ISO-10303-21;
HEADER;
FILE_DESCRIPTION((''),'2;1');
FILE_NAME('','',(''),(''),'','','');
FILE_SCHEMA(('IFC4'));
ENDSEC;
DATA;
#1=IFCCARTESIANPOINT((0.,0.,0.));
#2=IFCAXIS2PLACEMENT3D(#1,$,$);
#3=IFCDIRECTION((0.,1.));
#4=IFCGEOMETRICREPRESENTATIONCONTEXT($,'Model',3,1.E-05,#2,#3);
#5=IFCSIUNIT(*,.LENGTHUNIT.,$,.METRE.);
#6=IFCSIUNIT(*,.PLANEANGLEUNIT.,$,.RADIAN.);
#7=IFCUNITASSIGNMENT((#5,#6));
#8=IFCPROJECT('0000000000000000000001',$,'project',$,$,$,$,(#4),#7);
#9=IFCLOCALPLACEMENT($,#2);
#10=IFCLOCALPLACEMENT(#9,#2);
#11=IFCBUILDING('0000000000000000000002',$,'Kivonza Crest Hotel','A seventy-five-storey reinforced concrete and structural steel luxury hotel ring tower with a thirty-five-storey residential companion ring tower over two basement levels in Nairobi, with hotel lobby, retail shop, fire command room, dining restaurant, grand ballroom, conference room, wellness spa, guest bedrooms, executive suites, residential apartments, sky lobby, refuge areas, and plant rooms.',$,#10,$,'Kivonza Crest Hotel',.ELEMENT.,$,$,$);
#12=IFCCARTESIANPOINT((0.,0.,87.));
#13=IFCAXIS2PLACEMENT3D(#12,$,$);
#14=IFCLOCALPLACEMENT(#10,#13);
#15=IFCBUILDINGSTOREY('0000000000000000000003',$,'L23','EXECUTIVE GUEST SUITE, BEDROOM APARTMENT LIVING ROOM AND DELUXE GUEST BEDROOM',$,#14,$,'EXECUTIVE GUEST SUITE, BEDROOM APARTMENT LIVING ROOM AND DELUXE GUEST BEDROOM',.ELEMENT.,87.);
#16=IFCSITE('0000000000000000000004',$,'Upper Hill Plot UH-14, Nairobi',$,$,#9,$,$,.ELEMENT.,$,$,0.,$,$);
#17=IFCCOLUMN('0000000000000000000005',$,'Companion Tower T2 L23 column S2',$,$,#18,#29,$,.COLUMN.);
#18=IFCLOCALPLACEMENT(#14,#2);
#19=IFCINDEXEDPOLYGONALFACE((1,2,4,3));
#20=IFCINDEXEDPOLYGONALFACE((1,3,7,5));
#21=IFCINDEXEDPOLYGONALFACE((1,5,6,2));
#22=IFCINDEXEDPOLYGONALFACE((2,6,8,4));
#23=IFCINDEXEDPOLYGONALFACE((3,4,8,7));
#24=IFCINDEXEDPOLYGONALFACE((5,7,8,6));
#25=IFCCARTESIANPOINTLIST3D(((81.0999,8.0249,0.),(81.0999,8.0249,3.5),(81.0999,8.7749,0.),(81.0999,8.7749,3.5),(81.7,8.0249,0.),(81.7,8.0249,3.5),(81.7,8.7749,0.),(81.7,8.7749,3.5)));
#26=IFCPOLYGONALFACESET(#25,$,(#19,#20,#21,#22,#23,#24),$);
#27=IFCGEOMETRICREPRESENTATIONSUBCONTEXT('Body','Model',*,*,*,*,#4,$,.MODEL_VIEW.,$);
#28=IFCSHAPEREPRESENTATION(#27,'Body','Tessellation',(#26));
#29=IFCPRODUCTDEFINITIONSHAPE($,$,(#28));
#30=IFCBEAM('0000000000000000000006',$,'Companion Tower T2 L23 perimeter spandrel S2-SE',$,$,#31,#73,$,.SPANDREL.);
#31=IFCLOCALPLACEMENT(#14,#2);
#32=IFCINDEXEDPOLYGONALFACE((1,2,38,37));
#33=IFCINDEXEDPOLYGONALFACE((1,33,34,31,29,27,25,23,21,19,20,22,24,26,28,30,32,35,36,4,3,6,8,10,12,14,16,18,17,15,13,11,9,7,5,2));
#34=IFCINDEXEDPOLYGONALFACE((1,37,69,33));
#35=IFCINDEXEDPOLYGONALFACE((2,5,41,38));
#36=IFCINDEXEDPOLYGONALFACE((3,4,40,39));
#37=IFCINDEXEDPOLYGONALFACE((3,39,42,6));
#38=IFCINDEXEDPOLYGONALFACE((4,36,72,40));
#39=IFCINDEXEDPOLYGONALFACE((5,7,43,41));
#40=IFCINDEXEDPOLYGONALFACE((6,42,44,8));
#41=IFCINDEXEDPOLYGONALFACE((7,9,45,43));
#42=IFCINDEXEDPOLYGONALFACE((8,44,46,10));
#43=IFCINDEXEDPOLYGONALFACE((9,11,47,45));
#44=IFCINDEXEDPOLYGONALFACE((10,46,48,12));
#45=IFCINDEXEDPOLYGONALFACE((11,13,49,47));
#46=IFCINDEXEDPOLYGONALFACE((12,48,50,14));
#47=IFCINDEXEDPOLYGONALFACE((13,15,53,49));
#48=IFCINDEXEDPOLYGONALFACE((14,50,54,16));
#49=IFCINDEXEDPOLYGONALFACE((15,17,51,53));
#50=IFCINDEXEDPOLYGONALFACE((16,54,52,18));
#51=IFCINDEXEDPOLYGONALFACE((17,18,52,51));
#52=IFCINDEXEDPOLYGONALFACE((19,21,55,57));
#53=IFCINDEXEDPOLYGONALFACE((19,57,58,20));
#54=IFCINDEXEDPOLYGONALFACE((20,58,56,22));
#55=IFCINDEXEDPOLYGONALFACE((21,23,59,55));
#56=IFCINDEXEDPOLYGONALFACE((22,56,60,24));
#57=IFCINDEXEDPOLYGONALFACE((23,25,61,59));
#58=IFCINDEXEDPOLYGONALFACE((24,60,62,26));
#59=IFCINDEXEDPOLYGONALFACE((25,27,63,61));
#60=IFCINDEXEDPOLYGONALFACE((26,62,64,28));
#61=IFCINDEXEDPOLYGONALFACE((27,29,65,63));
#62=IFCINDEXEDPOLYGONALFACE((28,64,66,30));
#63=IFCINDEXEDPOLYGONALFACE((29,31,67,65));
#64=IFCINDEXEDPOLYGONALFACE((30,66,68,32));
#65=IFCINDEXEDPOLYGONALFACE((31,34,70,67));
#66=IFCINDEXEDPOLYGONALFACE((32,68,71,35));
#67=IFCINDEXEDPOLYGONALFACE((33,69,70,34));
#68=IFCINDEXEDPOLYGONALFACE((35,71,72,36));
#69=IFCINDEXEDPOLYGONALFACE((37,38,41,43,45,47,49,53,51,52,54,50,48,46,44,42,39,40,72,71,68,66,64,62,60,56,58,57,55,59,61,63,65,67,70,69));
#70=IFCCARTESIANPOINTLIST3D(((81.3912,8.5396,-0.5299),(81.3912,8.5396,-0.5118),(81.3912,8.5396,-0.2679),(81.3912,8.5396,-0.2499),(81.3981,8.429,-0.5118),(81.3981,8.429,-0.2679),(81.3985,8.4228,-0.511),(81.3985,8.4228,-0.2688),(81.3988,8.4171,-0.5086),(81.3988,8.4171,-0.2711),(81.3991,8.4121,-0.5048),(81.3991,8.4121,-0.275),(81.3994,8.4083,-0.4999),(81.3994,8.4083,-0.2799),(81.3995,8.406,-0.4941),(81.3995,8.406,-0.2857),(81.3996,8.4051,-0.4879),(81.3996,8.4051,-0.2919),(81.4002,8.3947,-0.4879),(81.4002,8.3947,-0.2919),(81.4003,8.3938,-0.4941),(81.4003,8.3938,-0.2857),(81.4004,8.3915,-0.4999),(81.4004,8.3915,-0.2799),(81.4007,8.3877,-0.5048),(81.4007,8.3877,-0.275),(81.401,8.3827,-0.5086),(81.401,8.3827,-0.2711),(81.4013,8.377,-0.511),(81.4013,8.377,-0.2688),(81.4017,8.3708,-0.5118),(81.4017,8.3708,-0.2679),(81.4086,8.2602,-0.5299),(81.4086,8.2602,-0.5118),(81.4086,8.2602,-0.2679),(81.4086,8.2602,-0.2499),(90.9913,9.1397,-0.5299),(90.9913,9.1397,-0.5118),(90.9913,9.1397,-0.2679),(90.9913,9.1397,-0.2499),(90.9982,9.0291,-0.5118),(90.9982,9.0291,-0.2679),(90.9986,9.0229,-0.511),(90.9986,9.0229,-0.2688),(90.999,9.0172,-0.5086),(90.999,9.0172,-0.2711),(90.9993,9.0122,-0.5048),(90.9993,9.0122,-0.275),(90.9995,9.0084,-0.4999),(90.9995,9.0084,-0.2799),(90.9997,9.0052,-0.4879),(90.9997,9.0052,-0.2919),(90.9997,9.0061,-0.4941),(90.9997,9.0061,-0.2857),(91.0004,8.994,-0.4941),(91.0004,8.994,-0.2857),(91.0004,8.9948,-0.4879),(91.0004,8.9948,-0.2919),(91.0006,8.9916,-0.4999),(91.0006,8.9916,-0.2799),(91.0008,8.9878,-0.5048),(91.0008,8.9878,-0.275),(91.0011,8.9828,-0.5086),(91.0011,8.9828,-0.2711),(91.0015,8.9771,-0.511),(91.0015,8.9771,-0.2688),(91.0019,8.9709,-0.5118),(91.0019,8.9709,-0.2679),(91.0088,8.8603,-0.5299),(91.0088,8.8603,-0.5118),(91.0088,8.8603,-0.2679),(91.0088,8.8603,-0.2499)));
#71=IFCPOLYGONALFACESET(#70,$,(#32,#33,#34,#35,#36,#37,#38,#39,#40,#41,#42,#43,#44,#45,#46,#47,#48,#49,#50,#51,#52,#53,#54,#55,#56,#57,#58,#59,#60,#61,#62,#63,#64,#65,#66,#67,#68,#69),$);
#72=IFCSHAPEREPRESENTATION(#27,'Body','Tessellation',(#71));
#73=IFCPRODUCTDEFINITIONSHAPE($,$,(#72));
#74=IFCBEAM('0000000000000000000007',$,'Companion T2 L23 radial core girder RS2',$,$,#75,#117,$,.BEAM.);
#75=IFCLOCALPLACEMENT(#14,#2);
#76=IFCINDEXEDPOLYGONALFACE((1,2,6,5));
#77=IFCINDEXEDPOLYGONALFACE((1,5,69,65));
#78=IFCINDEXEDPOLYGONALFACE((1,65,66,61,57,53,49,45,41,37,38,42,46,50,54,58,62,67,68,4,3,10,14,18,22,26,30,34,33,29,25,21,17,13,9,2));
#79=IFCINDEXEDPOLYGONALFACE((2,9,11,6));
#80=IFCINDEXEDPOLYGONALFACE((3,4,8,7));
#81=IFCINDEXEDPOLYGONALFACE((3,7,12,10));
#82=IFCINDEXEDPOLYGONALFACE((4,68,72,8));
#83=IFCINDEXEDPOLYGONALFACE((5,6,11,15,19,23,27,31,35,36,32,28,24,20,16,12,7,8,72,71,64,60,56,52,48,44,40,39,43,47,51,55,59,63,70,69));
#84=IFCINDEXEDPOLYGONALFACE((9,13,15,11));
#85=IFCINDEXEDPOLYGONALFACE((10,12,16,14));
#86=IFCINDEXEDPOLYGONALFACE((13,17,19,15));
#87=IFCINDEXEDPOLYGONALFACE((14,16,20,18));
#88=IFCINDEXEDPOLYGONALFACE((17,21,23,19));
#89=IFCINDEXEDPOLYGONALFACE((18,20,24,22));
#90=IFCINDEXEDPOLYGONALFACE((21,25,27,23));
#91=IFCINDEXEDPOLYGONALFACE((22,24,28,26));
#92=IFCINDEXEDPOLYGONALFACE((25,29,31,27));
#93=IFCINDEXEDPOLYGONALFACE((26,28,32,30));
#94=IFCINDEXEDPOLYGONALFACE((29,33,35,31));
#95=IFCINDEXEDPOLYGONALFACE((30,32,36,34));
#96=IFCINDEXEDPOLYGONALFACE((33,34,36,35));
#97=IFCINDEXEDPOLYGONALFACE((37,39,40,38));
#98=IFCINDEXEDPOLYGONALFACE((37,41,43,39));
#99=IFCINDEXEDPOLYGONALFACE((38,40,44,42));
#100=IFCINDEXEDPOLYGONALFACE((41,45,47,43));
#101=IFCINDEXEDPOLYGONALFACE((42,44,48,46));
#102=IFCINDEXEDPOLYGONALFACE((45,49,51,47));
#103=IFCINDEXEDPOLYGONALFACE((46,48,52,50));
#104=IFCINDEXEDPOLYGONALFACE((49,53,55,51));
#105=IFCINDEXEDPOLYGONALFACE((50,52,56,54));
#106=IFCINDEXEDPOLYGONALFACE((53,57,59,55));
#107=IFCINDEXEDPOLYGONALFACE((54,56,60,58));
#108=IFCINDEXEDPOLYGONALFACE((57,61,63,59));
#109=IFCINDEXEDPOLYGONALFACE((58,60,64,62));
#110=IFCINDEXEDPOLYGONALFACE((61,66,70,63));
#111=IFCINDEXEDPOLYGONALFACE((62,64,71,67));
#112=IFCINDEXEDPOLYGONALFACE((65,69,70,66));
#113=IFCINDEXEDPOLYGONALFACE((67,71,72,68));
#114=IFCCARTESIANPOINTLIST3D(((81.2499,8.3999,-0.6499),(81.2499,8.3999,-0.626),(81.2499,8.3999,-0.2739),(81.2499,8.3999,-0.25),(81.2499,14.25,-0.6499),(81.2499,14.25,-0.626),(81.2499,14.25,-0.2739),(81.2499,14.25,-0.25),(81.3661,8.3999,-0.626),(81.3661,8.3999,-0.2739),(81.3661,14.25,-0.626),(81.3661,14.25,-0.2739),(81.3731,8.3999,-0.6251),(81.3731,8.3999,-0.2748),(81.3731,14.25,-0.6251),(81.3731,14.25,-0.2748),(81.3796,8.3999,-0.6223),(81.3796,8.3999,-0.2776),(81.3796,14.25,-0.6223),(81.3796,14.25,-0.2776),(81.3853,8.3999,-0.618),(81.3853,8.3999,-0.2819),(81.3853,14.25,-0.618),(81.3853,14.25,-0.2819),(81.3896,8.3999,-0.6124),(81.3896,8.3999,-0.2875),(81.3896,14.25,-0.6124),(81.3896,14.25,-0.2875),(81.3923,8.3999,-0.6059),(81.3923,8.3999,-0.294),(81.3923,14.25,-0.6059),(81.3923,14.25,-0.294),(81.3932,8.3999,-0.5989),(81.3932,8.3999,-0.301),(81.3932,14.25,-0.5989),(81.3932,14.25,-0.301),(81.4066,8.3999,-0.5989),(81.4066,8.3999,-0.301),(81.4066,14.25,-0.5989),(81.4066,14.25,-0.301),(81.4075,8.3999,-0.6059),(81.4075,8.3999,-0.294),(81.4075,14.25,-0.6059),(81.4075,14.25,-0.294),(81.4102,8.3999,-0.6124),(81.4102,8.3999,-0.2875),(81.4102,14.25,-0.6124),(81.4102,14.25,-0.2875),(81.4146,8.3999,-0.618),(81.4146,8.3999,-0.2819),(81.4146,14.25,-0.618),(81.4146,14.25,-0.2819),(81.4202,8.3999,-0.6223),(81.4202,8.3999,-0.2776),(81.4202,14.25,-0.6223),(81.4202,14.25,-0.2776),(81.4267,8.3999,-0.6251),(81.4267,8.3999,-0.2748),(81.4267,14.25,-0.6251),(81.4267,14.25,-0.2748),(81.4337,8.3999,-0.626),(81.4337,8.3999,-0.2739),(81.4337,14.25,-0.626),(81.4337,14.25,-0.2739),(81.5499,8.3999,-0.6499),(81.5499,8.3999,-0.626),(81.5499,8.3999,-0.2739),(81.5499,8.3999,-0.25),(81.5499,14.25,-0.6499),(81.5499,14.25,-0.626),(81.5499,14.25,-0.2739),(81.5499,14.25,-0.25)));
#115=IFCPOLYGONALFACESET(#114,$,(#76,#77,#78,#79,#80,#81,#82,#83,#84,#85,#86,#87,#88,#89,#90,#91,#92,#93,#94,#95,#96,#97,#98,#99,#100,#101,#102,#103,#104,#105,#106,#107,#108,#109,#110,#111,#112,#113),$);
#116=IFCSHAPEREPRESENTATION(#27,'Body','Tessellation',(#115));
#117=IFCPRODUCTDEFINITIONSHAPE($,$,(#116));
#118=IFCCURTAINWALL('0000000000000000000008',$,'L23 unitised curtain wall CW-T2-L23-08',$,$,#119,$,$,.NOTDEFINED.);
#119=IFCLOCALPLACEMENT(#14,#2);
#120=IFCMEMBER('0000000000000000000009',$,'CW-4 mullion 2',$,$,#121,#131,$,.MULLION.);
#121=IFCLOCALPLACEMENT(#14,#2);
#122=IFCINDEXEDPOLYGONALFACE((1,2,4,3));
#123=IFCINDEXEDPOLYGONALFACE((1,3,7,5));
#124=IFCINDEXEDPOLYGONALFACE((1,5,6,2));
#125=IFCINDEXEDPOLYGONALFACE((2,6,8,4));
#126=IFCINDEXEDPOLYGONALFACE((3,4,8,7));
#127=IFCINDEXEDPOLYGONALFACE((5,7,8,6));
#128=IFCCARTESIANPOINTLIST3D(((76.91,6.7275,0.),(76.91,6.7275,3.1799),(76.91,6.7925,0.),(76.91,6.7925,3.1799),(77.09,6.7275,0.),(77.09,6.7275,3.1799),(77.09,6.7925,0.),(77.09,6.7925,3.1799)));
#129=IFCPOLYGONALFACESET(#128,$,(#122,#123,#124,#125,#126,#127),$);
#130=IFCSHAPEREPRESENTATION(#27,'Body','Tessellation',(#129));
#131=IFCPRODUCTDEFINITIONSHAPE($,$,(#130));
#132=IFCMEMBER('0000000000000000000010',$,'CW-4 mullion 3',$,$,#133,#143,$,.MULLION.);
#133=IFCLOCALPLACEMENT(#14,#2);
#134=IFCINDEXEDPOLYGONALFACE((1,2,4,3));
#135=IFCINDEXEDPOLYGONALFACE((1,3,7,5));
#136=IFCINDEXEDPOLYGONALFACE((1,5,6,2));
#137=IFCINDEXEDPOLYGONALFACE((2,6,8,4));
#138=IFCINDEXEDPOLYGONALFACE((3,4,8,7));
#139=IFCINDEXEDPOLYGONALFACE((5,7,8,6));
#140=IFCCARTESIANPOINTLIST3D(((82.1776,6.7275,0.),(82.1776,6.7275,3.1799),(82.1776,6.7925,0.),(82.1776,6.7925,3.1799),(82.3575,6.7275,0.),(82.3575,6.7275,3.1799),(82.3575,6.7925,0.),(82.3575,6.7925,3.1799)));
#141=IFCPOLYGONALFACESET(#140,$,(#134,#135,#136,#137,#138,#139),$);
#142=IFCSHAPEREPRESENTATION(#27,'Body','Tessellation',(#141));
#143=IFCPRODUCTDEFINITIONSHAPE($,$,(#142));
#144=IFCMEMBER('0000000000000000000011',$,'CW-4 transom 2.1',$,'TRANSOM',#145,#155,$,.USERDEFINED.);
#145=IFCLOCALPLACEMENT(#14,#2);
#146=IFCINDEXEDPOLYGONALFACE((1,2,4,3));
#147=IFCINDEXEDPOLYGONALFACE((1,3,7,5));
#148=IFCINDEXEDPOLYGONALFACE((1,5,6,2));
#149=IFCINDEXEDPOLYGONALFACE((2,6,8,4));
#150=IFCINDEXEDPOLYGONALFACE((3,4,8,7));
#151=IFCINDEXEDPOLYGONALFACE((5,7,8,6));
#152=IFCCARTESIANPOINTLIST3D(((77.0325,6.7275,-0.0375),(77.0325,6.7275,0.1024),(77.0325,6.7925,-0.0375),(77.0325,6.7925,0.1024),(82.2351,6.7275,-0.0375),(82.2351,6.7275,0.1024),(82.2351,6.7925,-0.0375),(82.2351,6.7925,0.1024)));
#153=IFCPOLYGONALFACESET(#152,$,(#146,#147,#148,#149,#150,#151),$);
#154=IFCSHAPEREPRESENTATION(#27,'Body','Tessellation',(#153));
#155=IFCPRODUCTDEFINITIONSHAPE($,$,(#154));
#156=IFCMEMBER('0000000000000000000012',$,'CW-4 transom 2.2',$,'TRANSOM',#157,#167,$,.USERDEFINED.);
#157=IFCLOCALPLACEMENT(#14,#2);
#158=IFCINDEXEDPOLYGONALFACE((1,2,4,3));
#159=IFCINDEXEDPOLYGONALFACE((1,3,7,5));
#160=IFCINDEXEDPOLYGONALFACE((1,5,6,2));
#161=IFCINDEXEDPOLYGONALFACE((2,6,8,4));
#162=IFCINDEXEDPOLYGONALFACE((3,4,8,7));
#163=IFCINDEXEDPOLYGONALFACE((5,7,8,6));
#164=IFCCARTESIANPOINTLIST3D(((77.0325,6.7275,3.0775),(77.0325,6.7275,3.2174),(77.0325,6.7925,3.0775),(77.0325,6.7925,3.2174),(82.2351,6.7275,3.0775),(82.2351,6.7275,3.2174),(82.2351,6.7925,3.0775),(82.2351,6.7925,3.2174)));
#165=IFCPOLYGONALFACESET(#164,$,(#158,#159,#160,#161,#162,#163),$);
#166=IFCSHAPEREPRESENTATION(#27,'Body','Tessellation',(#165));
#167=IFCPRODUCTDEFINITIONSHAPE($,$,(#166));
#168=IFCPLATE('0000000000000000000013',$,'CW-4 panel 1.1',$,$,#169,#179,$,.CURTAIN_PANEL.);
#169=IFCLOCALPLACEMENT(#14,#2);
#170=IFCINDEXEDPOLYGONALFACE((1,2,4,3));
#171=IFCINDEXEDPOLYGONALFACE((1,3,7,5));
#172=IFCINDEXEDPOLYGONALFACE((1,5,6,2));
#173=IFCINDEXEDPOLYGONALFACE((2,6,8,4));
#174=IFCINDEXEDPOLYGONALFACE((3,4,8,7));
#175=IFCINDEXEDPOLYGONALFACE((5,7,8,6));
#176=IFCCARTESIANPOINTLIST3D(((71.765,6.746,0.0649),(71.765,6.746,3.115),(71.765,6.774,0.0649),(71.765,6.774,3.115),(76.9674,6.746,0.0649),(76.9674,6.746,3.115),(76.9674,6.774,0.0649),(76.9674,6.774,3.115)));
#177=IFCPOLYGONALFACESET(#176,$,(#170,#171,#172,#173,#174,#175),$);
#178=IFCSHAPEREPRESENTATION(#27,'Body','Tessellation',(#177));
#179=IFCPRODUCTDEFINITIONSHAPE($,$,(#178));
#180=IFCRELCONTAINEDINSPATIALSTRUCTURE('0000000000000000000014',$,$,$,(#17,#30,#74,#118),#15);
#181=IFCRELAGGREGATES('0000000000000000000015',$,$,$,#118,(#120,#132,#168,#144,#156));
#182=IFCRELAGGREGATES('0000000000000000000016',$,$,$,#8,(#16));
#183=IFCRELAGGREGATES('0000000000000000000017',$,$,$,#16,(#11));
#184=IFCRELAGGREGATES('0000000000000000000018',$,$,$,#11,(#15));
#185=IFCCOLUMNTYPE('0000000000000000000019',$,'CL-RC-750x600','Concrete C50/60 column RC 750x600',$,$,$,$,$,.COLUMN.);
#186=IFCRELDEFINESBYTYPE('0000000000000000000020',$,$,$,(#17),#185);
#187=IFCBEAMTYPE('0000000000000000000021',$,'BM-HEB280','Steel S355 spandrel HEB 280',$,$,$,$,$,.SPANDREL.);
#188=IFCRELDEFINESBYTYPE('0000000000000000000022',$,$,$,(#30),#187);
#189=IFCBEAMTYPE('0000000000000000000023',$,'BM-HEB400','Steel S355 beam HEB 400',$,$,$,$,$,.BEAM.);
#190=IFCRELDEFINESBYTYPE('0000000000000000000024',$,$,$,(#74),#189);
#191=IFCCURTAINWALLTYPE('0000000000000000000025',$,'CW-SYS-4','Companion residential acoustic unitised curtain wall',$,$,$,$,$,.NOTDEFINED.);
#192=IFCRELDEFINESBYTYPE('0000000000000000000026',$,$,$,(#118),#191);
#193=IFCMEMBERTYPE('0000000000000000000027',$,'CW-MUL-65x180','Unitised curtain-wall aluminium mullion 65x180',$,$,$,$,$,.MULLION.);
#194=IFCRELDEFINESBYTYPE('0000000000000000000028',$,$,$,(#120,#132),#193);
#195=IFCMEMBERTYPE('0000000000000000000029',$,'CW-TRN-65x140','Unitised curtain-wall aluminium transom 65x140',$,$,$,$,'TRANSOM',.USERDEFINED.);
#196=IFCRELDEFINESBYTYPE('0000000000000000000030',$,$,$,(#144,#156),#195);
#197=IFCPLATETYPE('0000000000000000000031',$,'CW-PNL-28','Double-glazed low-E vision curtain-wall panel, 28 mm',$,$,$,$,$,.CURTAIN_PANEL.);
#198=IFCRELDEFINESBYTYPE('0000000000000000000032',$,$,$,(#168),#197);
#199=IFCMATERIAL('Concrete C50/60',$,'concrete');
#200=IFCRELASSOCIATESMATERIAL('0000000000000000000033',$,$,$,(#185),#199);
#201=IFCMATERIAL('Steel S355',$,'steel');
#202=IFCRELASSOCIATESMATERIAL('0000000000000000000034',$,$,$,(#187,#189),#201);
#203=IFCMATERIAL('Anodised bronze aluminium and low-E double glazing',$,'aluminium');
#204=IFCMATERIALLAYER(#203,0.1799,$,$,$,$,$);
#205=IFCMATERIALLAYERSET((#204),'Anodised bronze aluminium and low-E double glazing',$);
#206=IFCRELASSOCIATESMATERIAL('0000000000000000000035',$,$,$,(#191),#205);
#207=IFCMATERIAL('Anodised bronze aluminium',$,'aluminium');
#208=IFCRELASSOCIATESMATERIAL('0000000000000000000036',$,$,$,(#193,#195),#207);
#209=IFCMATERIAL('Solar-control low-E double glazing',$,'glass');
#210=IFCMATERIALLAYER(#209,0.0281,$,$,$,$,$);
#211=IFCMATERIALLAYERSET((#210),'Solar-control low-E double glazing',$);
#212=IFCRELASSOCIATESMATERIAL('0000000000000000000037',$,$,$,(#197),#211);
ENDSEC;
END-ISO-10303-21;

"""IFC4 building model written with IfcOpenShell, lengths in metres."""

from ifc_helpers import new_model, si_unit, direction, frame, origin, origin_2d, place, context, subcontext, project, spatial, rectangle, i_section, extrude, material, layer, layer_set, material_profile, profile_set, type_object, element, aggregate, save


model = new_model("IFC4")

# Units and contexts
model_context = context("Model", 3, precision=1e-05, world=origin(), true_north=direction((0.0, 1.0)))
body_context = subcontext(model_context, "Body", "Model", "MODEL_VIEW")
ifc_project = project(units=[si_unit("LENGTHUNIT", "METRE"), si_unit("PLANEANGLEUNIT", "RADIAN")], contexts=[model_context])

# Site, building, storey
site_placement = place(None, origin())
site = spatial("IfcSite", under=ifc_project, at=site_placement, Name="Upper Hill Plot UH-14, Nairobi", CompositionType="ELEMENT", RefElevation=0.0)
building_placement = place(site_placement, origin())
building = spatial("IfcBuilding", under=site, at=building_placement, Name="Kivonza Crest Hotel", Description="A seventy-five-storey reinforced concrete and structural steel luxury hotel ring tower with a thirty-five-storey residential companion ring tower over two basement levels in Nairobi, with hotel lobby, retail shop, fire command room, dining restaurant, grand ballroom, conference room, wellness spa, guest bedrooms, executive suites, residential apartments, sky lobby, refuge areas, and plant rooms.", LongName="Kivonza Crest Hotel", CompositionType="ELEMENT")
storey_placement = place(building_placement, frame((0.0, 0.0, 87.0)))
storey = spatial("IfcBuildingStorey", under=building, at=storey_placement, Name="L23", Description="EXECUTIVE GUEST SUITE, BEDROOM APARTMENT LIVING ROOM AND DELUXE GUEST BEDROOM", LongName="EXECUTIVE GUEST SUITE, BEDROOM APARTMENT LIVING ROOM AND DELUXE GUEST BEDROOM", CompositionType="ELEMENT", Elevation=87.0)

# Column
ifc_material_1 = material(Name="Concrete C50/60", Category="concrete")
ifc_material_profile_1 = material_profile(ifc_material_1, rectangle(XDim=0.6001, YDim=0.75, at=origin_2d()), Name="RC 750x600")
ifc_profile_set_1 = profile_set([ifc_material_profile_1], Name="Concrete C50/60")
column_type = type_object("IfcColumnType", Name="CL-RC-750x600", Description="Concrete C50/60 column RC 750x600", PredefinedType="COLUMN", material=ifc_profile_set_1)
column_placement = place(storey_placement, frame((81.3999, 8.3999, 0.0), z_axis=(0.0, 0.0, 1.0), x_axis=(1.0, 0.0, 0.0)))
element("IfcColumn", 1, at=column_placement, inside=storey, type_object=column_type, Name="Companion Tower T2 L23 column S2", PredefinedType="COLUMN", context=body_context, shape_type="SweptSolid", body=[
    extrude(rectangle(XDim=0.6001, YDim=0.75, at=origin_2d()), origin(), (0.0, 0.0, 1.0), 3.5),
])

# Beams
ifc_material_2 = material(Name="Steel S355", Category="steel")
ifc_material_profile_2 = material_profile(ifc_material_2, i_section(OverallWidth=0.28, OverallDepth=0.28, WebThickness=0.0105, FlangeThickness=0.0181, FilletRadius=0.0239, at=origin_2d()), Name="HEB 280")
ifc_profile_set_2 = profile_set([ifc_material_profile_2], Name="Steel S355")
beam_type_1 = type_object("IfcBeamType", Name="BM-HEB280", Description="Steel S355 spandrel HEB 280", PredefinedType="SPANDREL", material=ifc_profile_set_2)
beam_1_placement = place(storey_placement, frame((81.3999, 8.3999, -0.3899), z_axis=(0.998052, 0.062388, 0.0), x_axis=(-0.062388, 0.998052, 0.0)))
element("IfcBeam", 2, at=beam_1_placement, inside=storey, type_object=beam_type_1, Name="Companion Tower T2 L23 perimeter spandrel S2-SE", PredefinedType="SPANDREL", context=body_context, shape_type="SweptSolid", body=[
    extrude(i_section(OverallWidth=0.28, OverallDepth=0.28, WebThickness=0.0105, FlangeThickness=0.0181, FilletRadius=0.0239, at=origin_2d()), origin(), (0.0, 0.0, 1.0), 9.6189),
])
ifc_material_profile_3 = material_profile(ifc_material_2, i_section(OverallWidth=0.3, OverallDepth=0.3999, WebThickness=0.0134, FlangeThickness=0.0239, FilletRadius=0.0271, at=origin_2d()), Name="HEB 400")
ifc_profile_set_3 = profile_set([ifc_material_profile_3], Name="Steel S355")
beam_type_2 = type_object("IfcBeamType", Name="BM-HEB400", Description="Steel S355 beam HEB 400", PredefinedType="BEAM", material=ifc_profile_set_3)
beam_2_placement = place(storey_placement, frame((81.3999, 8.3999, -0.45), z_axis=(0.0, 1.0, 0.0), x_axis=(-1.0, 0.0, 0.0)))
element("IfcBeam", 3, at=beam_2_placement, inside=storey, type_object=beam_type_2, Name="Companion T2 L23 radial core girder RS2", PredefinedType="BEAM", context=body_context, shape_type="SweptSolid", body=[
    extrude(i_section(OverallWidth=0.3, OverallDepth=0.3999, WebThickness=0.0134, FlangeThickness=0.0239, FilletRadius=0.0271, at=origin_2d()), origin(), (0.0, 0.0, 1.0), 5.8501),
])

# Curtain wall, members, plate
ifc_material_3 = material(Name="Anodised bronze aluminium and low-E double glazing", Category="aluminium")
ifc_layer_1 = layer(ifc_material_3, 0.1799)
ifc_layer_set_1 = layer_set([ifc_layer_1], Name="Anodised bronze aluminium and low-E double glazing")
curtain_wall_type = type_object("IfcCurtainWallType", Name="CW-SYS-4", Description="Companion residential acoustic unitised curtain wall", PredefinedType="NOTDEFINED", material=ifc_layer_set_1)
curtain_wall_placement = place(storey_placement, origin())
curtain_wall = element("IfcCurtainWall", 4, at=curtain_wall_placement, inside=storey, type_object=curtain_wall_type, Name="L23 unitised curtain wall CW-T2-L23-08", PredefinedType="NOTDEFINED")
ifc_material_4 = material(Name="Anodised bronze aluminium", Category="aluminium")
ifc_material_profile_4 = material_profile(ifc_material_4, rectangle(XDim=0.0649, YDim=0.1799, at=origin_2d()), Name="CW-M 65x180")
ifc_profile_set_4 = profile_set([ifc_material_profile_4], Name="Anodised bronze aluminium")
member_type_1 = type_object("IfcMemberType", Name="CW-MUL-65x180", Description="Unitised curtain-wall aluminium mullion 65x180", PredefinedType="MULLION", material=ifc_profile_set_4)
member_1_placement = place(storey_placement, frame((77.0, 6.76, 0.0), z_axis=(0.0, 0.0, 1.0), x_axis=(0.0, 1.0, 0.0)))
member_1 = element("IfcMember", 5, at=member_1_placement, type_object=member_type_1, Name="CW-4 mullion 2", PredefinedType="MULLION", context=body_context, shape_type="SweptSolid", body=[
    extrude(rectangle(XDim=0.0649, YDim=0.1799, at=origin_2d()), origin(), (0.0, 0.0, 1.0), 3.1799),
])
member_2_placement = place(storey_placement, frame((82.2676, 6.76, 0.0), z_axis=(0.0, 0.0, 1.0), x_axis=(0.0, 1.0, 0.0)))
member_2 = element("IfcMember", 6, at=member_2_placement, type_object=member_type_1, Name="CW-4 mullion 3", PredefinedType="MULLION", context=body_context, shape_type="SweptSolid", body=[
    extrude(rectangle(XDim=0.0649, YDim=0.1799, at=origin_2d()), origin(), (0.0, 0.0, 1.0), 3.1799),
])
ifc_material_profile_5 = material_profile(ifc_material_4, rectangle(XDim=0.0649, YDim=0.1399, at=origin_2d()), Name="CW-T 65x140")
ifc_profile_set_5 = profile_set([ifc_material_profile_5], Name="Anodised bronze aluminium")
member_type_2 = type_object("IfcMemberType", Name="CW-TRN-65x140", Description="Unitised curtain-wall aluminium transom 65x140", ElementType="TRANSOM", PredefinedType="USERDEFINED", material=ifc_profile_set_5)
member_3_placement = place(storey_placement, frame((77.0325, 6.76, 0.0325), z_axis=(1.0, 0.0, 0.0), x_axis=(0.0, 1.0, 0.0)))
member_3 = element("IfcMember", 7, at=member_3_placement, type_object=member_type_2, Name="CW-4 transom 2.1", ObjectType="TRANSOM", PredefinedType="USERDEFINED", context=body_context, shape_type="SweptSolid", body=[
    extrude(rectangle(XDim=0.0649, YDim=0.1399, at=origin_2d()), origin(), (0.0, 0.0, 1.0), 5.2026),
])
member_4_placement = place(storey_placement, frame((77.0325, 6.76, 3.1475), z_axis=(1.0, 0.0, 0.0), x_axis=(0.0, 1.0, 0.0)))
member_4 = element("IfcMember", 8, at=member_4_placement, type_object=member_type_2, Name="CW-4 transom 2.2", ObjectType="TRANSOM", PredefinedType="USERDEFINED", context=body_context, shape_type="SweptSolid", body=[
    extrude(rectangle(XDim=0.0649, YDim=0.1399, at=origin_2d()), origin(), (0.0, 0.0, 1.0), 5.2026),
])
ifc_material_5 = material(Name="Solar-control low-E double glazing", Category="glass")
ifc_layer_2 = layer(ifc_material_5, 0.0281)
ifc_layer_set_2 = layer_set([ifc_layer_2], Name="Solar-control low-E double glazing")
plate_type = type_object("IfcPlateType", Name="CW-PNL-28", Description="Double-glazed low-E vision curtain-wall panel, 28 mm", PredefinedType="CURTAIN_PANEL", material=ifc_layer_set_2)
plate_1_placement = place(storey_placement, frame((74.3662, 6.76, 0.0649), z_axis=(0.0, 0.0, 1.0), x_axis=(1.0, 0.0, 0.0)))
plate_1 = element("IfcPlate", 9, at=plate_1_placement, type_object=plate_type, Name="CW-4 panel 1.1", PredefinedType="CURTAIN_PANEL", context=body_context, shape_type="SweptSolid", body=[
    extrude(rectangle(XDim=5.2024, YDim=0.0281, at=origin_2d()), origin(), (0.0, 0.0, 1.0), 3.05),
])
aggregate(curtain_wall, [member_1, member_2, plate_1, member_3, member_4])

save(model, "model.ifc")
